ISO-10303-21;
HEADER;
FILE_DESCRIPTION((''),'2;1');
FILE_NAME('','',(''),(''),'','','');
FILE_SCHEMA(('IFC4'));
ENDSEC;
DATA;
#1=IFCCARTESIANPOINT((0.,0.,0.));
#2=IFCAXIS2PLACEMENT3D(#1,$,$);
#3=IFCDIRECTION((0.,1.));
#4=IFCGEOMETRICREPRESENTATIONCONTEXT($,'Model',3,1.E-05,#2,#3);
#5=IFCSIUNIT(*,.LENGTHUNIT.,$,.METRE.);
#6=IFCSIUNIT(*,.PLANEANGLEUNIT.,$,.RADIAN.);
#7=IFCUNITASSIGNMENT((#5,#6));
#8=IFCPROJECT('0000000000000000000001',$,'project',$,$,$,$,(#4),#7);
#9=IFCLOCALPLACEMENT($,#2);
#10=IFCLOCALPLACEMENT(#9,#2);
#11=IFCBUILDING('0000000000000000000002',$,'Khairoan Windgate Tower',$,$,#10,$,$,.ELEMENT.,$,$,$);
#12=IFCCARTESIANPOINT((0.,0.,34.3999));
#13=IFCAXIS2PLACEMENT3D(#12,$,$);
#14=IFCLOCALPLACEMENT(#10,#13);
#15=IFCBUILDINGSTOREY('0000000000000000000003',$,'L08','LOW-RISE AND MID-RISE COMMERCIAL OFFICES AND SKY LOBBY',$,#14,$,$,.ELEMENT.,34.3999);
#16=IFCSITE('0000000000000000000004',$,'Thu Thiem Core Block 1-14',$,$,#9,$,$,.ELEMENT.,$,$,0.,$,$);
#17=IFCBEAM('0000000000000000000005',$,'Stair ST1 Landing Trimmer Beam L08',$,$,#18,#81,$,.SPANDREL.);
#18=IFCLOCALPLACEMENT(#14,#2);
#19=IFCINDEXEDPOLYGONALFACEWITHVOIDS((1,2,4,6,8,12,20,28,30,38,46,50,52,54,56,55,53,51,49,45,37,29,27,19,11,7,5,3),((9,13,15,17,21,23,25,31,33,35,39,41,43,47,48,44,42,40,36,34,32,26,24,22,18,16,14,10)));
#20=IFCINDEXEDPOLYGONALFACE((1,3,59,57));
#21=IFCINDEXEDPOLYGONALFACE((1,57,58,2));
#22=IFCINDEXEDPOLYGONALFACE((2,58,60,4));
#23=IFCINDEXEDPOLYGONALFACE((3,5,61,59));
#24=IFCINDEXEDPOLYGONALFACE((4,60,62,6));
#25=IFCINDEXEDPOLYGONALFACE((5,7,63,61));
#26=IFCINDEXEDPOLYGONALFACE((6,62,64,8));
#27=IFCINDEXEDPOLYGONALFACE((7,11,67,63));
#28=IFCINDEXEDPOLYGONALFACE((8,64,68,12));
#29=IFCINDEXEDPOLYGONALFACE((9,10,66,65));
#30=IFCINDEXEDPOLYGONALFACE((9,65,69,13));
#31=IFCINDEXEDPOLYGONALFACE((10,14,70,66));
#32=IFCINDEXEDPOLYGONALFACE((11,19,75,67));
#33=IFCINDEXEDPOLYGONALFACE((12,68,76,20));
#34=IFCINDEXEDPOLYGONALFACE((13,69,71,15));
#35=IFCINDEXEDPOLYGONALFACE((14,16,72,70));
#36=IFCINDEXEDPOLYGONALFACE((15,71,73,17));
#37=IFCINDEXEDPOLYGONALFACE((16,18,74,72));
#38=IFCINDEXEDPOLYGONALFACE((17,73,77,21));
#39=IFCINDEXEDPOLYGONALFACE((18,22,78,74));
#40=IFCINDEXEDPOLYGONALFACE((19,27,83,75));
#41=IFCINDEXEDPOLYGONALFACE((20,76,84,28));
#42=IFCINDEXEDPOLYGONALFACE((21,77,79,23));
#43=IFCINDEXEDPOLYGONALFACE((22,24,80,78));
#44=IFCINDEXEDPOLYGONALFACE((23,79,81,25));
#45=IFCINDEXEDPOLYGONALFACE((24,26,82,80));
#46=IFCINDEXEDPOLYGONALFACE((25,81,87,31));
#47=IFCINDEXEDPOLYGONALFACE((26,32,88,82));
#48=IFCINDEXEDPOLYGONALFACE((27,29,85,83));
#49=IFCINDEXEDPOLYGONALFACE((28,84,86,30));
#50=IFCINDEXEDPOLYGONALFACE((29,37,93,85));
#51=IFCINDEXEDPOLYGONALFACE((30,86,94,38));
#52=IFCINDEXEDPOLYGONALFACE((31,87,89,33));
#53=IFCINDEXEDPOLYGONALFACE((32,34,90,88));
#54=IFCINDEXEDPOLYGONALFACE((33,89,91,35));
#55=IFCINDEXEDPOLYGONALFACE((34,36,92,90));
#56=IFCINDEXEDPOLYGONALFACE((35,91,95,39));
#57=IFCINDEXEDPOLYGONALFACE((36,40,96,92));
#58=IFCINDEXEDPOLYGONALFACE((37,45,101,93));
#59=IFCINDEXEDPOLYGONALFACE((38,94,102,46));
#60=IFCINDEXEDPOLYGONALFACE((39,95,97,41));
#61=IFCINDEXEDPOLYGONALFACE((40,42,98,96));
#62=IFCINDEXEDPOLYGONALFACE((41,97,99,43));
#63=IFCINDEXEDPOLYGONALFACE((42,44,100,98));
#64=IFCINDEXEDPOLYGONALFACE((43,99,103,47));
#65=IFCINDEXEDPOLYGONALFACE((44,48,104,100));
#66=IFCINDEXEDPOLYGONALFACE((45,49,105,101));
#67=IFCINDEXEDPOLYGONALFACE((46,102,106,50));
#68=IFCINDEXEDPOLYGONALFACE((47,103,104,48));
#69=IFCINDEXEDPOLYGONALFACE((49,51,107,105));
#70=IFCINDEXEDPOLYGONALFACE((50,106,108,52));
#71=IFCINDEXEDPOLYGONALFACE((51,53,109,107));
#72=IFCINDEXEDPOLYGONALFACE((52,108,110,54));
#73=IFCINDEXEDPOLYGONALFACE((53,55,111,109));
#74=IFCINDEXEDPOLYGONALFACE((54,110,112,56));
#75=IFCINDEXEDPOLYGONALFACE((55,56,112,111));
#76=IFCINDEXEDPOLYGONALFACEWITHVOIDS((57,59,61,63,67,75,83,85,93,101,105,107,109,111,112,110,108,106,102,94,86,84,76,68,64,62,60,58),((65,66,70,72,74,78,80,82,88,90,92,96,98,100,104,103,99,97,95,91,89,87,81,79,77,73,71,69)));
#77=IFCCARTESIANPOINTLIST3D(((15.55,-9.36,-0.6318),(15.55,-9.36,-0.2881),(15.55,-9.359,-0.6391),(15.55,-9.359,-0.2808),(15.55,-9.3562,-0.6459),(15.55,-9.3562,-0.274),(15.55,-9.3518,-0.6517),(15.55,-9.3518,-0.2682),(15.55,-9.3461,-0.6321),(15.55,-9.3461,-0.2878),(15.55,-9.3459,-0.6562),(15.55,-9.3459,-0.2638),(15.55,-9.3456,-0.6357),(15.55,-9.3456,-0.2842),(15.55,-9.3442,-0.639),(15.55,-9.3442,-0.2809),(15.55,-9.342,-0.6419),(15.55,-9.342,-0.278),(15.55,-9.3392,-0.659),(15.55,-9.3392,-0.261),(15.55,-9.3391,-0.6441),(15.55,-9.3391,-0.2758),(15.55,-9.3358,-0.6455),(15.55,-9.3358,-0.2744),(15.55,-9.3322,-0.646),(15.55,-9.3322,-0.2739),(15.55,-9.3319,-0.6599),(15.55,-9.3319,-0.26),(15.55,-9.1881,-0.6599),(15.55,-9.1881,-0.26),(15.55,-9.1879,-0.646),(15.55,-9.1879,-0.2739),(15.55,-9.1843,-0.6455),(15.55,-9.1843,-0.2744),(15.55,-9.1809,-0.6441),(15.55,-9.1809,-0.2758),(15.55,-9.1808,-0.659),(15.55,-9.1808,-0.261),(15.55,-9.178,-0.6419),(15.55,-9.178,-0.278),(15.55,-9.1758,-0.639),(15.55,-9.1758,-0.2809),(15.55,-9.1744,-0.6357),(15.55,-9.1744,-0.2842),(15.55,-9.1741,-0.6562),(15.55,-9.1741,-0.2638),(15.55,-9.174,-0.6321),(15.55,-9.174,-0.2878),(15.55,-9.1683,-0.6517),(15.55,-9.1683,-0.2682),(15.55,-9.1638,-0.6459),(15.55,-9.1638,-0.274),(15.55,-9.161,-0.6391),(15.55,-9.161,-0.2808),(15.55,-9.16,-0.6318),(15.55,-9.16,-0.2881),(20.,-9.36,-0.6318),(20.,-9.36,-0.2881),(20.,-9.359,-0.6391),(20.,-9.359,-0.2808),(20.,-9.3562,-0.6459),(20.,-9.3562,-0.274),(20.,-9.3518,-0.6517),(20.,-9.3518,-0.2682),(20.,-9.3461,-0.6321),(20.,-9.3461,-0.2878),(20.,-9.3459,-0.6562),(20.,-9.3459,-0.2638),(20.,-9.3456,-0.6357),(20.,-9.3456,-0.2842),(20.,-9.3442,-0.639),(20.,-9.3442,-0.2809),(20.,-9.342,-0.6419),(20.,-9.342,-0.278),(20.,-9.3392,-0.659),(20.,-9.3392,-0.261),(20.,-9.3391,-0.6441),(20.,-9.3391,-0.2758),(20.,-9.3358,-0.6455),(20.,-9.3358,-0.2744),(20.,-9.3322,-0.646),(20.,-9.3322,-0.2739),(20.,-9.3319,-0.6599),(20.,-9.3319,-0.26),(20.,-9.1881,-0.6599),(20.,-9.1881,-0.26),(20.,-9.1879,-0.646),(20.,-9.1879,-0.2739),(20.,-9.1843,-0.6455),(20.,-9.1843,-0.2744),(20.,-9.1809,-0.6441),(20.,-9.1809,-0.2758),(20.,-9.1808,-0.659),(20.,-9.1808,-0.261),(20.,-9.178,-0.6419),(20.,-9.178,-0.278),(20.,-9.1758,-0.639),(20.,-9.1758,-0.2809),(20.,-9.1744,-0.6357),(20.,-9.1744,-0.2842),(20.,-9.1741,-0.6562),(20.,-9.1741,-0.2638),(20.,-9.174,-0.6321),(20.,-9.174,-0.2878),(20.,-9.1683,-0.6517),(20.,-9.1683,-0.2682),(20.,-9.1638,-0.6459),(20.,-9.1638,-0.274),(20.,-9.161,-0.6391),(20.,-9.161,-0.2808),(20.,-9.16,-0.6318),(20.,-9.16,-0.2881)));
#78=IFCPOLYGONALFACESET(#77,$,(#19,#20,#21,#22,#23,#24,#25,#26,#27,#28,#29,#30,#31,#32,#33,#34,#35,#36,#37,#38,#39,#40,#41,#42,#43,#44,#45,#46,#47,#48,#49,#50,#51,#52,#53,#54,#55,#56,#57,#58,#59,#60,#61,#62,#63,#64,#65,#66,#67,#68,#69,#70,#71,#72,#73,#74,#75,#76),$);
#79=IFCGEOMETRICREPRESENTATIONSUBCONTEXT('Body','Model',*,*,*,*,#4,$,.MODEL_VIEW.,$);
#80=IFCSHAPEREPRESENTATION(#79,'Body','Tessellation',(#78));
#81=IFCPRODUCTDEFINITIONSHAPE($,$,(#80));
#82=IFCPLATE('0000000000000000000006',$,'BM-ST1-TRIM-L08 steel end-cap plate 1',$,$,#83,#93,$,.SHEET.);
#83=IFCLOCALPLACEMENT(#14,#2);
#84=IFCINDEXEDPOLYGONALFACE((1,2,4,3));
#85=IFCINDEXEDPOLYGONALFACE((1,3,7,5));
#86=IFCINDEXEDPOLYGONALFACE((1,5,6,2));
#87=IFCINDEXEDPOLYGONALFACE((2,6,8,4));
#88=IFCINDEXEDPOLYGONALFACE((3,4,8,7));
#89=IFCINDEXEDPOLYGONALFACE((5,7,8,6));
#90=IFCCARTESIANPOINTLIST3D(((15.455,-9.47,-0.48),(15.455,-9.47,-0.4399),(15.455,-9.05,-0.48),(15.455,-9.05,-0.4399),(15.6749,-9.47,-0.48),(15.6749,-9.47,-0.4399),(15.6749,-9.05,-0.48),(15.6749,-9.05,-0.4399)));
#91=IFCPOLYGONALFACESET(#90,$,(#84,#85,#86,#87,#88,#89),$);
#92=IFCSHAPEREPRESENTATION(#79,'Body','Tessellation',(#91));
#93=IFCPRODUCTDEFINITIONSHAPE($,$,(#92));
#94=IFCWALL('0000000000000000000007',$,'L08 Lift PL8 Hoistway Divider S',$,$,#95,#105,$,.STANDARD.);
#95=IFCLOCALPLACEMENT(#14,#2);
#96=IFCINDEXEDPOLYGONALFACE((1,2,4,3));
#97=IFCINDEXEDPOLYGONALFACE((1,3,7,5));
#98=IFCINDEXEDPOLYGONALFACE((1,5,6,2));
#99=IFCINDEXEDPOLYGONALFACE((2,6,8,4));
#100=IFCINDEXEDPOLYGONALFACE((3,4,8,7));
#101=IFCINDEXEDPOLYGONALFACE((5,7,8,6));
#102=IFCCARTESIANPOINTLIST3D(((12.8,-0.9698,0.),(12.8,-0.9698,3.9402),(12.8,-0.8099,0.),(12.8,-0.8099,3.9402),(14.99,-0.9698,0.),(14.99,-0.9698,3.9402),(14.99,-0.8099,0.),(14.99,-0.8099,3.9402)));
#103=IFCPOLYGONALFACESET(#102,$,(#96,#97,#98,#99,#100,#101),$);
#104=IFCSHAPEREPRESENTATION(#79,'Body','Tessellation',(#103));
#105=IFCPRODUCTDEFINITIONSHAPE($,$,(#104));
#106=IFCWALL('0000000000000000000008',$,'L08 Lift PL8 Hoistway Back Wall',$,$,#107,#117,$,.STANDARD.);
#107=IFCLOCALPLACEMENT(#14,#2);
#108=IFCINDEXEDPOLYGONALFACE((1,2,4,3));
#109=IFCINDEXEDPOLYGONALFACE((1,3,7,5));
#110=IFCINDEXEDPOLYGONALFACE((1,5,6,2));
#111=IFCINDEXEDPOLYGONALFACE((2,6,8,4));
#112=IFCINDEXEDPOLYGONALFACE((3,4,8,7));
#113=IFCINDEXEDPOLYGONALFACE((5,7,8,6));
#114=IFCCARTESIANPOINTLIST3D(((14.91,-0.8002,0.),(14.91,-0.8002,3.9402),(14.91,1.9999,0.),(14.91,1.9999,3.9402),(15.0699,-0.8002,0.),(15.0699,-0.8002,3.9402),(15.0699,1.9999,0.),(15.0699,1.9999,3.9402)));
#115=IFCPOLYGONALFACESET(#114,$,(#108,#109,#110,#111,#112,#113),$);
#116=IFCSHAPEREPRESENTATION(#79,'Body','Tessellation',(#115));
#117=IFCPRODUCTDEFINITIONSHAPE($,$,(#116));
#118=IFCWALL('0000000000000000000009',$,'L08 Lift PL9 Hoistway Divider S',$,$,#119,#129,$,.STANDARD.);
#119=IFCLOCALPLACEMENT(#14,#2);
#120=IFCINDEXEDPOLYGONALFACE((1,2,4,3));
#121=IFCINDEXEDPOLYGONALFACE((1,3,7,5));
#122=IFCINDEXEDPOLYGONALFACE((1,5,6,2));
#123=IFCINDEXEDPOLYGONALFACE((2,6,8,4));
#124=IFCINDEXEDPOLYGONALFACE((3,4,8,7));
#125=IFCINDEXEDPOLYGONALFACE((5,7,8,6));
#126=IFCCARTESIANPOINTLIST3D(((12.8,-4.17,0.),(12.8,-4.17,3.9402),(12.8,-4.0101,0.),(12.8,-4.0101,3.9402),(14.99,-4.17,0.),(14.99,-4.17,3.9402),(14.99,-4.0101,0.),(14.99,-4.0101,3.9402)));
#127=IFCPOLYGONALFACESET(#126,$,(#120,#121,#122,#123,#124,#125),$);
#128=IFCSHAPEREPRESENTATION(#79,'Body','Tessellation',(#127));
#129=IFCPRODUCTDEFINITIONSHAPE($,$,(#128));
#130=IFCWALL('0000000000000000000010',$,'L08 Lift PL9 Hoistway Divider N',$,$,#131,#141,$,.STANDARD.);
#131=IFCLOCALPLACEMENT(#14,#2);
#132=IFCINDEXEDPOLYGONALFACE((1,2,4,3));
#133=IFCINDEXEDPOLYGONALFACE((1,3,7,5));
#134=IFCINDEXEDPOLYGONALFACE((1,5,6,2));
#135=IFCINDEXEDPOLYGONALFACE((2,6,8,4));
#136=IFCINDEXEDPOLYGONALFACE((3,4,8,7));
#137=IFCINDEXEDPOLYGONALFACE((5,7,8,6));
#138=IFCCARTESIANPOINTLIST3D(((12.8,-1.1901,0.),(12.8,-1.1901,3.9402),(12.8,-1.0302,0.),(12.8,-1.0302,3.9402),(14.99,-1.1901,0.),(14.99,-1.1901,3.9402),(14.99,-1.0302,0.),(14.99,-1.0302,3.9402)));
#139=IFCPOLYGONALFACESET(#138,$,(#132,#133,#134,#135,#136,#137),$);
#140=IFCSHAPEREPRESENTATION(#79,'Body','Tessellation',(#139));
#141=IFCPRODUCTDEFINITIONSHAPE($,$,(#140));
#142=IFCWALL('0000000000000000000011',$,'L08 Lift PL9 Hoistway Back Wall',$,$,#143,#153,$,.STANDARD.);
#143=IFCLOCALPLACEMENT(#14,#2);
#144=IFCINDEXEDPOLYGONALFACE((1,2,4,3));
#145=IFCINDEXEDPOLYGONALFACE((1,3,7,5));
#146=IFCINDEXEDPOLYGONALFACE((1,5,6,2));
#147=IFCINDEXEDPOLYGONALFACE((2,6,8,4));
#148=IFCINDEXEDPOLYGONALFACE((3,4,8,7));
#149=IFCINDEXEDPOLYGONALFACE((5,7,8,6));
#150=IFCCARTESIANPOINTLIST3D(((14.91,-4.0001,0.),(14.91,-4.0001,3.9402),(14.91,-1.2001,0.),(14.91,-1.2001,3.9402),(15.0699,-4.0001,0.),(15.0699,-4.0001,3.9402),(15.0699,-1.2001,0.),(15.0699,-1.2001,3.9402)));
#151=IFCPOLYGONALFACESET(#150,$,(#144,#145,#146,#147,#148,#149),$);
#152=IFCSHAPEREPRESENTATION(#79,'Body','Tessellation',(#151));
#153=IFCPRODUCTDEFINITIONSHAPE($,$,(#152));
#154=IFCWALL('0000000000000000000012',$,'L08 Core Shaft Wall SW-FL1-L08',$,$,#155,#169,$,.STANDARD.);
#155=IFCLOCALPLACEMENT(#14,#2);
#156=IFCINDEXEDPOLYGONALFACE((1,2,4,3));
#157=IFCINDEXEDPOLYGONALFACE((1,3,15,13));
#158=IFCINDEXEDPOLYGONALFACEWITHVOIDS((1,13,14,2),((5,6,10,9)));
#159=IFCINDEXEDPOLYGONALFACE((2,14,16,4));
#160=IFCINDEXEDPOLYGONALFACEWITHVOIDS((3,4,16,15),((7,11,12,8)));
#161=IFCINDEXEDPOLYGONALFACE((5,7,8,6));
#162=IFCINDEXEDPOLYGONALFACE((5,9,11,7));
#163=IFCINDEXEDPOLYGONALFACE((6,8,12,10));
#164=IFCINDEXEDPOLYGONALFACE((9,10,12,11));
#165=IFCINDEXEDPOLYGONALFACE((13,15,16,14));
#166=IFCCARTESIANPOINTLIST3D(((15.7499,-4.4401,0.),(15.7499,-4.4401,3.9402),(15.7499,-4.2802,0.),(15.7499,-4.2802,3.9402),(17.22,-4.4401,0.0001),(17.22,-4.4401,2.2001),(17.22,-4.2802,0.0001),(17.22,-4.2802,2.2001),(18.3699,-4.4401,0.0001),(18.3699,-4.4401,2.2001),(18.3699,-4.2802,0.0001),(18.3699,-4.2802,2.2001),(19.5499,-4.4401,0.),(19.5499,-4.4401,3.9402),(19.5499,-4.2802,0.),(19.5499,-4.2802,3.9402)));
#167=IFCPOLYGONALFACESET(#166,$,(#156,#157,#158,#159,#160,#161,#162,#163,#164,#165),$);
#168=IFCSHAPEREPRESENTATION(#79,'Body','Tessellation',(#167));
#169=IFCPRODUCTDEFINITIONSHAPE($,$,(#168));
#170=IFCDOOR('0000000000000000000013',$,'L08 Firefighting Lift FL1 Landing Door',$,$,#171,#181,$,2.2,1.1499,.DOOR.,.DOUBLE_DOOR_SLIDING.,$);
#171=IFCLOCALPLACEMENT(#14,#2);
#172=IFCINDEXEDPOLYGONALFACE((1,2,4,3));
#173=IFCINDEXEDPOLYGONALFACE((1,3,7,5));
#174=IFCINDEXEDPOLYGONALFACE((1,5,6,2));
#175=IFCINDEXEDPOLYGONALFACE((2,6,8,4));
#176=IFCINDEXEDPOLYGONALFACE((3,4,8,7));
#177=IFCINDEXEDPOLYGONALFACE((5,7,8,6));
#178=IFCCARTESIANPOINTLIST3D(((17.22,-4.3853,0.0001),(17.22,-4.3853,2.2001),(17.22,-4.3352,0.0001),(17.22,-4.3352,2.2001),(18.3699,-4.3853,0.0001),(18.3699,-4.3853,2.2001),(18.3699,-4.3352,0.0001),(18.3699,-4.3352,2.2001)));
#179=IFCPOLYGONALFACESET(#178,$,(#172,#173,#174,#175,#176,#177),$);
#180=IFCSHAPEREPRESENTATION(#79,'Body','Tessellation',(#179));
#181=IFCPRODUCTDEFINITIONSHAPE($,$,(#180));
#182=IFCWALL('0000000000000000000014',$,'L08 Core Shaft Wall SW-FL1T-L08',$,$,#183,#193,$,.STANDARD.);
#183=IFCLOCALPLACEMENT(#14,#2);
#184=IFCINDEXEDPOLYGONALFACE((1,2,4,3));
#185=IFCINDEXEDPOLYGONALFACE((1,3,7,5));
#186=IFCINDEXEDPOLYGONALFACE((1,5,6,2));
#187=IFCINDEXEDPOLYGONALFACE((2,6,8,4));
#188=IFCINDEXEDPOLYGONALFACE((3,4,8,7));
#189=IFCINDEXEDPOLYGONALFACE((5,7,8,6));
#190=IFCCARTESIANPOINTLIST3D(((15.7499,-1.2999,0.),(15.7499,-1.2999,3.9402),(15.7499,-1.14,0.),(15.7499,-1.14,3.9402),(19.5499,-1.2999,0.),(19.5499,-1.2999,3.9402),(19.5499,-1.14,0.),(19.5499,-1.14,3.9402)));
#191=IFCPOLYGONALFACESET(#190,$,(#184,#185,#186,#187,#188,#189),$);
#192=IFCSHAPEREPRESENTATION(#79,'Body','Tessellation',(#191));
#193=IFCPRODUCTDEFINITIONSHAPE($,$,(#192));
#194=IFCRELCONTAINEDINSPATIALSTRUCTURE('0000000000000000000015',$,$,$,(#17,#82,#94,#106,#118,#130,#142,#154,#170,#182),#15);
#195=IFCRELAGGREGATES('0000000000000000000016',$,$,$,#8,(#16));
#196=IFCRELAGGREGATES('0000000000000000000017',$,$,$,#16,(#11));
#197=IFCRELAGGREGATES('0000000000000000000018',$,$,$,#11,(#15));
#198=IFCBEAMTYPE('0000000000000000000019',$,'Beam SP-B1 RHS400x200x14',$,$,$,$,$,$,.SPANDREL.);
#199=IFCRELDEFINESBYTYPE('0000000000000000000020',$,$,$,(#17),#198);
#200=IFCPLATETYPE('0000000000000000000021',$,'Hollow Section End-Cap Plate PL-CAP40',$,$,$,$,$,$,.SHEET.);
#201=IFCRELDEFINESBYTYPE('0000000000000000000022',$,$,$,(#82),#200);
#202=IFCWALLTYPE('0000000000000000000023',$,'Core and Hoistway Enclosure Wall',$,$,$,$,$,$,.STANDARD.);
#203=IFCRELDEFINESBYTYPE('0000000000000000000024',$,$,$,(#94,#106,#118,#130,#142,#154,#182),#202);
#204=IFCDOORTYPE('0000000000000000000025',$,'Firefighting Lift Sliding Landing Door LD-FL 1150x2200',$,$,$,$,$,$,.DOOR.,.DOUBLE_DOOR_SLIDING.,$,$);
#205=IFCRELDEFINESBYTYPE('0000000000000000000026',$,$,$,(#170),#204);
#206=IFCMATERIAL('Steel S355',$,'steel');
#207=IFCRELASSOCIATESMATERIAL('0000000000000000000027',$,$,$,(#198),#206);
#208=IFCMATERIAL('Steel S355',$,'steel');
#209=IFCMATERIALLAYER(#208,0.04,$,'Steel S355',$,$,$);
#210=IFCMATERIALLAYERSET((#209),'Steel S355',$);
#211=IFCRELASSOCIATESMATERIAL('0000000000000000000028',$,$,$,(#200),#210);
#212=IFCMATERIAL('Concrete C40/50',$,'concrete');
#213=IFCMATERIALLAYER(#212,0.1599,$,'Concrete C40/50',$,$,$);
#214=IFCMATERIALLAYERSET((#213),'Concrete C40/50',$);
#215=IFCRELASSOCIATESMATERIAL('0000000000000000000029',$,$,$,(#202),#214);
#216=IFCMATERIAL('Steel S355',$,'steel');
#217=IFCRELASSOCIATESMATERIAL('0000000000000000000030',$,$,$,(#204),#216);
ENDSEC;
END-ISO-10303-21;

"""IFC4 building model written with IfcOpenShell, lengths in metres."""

from ifc_helpers import new_model, si_unit, direction, frame, frame_2d, origin, origin_2d, place, context, subcontext, project, spatial, rectangle, hollow_rectangle, extrude, material, layer, layer_set, material_profile, profile_set, type_object, element, fill, save


model = new_model("IFC4")

# Units and contexts
model_context = context("Model", 3, precision=1e-05, world=origin(), true_north=direction((0.0, 1.0)))
body_context = subcontext(model_context, "Body", "Model", "MODEL_VIEW")
ifc_project = project(units=[si_unit("LENGTHUNIT", "METRE"), si_unit("PLANEANGLEUNIT", "RADIAN")], contexts=[model_context])

# Site, building, storey
site_placement = place(None, origin())
site = spatial("IfcSite", under=ifc_project, at=site_placement, Name="Thu Thiem Core Block 1-14", CompositionType="ELEMENT", RefElevation=0.0)
building_placement = place(site_placement, origin())
building = spatial("IfcBuilding", under=site, at=building_placement, Name="Khairoan Windgate Tower", CompositionType="ELEMENT")
storey_placement = place(building_placement, frame((0.0, 0.0, 34.3999)))
storey = spatial("IfcBuildingStorey", under=building, at=storey_placement, Name="L08", Description="LOW-RISE AND MID-RISE COMMERCIAL OFFICES AND SKY LOBBY", CompositionType="ELEMENT", Elevation=34.3999)

# Beam
ifc_material_1 = material(Name="Steel S355", Category="steel")
ifc_material_profile_1 = material_profile(ifc_material_1, hollow_rectangle(XDim=0.2, YDim=0.3999, WallThickness=0.0139, InnerFilletRadius=0.0139, OuterFilletRadius=0.0281, at=origin_2d()))
ifc_profile_set_1 = profile_set([ifc_material_profile_1], Name="Steel S355")
beam_type_1 = type_object("IfcBeamType", Name="Beam SP-B1 RHS400x200x14", PredefinedType="SPANDREL", material=ifc_profile_set_1)
beam_1_placement = place(storey_placement, frame((15.55, -9.26, -0.46), z_axis=(1.0, 0.0, 0.0), x_axis=(0.0, 1.0, 0.0)))
element("IfcBeam", 1, at=beam_1_placement, inside=storey, type_object=beam_type_1, Name="Stair ST1 Landing Trimmer Beam L08", PredefinedType="SPANDREL", context=body_context, shape_type="SweptSolid", body=[
    extrude(hollow_rectangle(XDim=0.2, YDim=0.3999, WallThickness=0.0139, InnerFilletRadius=0.0139, OuterFilletRadius=0.0281, at=origin_2d()), origin(), (0.0, 0.0, 1.0), 4.45),
])

# Plate
ifc_material_2 = material(Name="Steel S355", Category="steel")
ifc_layer_1 = layer(ifc_material_2, 0.04, Name="Steel S355")
ifc_layer_set_1 = layer_set([ifc_layer_1], Name="Steel S355")
plate_type = type_object("IfcPlateType", Name="Hollow Section End-Cap Plate PL-CAP40", PredefinedType="SHEET", material=ifc_layer_set_1)
plate_placement = place(storey_placement, frame((15.5649, -9.26, -0.48), z_axis=(0.0, 0.0, 1.0), x_axis=(1.0, 0.0, 0.0)))
element("IfcPlate", 2, at=plate_placement, inside=storey, type_object=plate_type, Name="BM-ST1-TRIM-L08 steel end-cap plate 1", PredefinedType="SHEET", context=body_context, shape_type="SweptSolid", body=[
    extrude(rectangle(XDim=0.22, YDim=0.4199, at=origin_2d()), origin(), (0.0, 0.0, 1.0), 0.04),
])

# Walls
ifc_material_3 = material(Name="Concrete C40/50", Category="concrete")
ifc_layer_2 = layer(ifc_material_3, 0.1599, Name="Concrete C40/50")
ifc_layer_set_2 = layer_set([ifc_layer_2], Name="Concrete C40/50")
wall_type_1 = type_object("IfcWallType", Name="Core and Hoistway Enclosure Wall", PredefinedType="STANDARD", material=ifc_layer_set_2)
wall_1_placement = place(storey_placement, frame((12.8, -0.8899, 0.0), z_axis=(0.0, 0.0, 1.0), x_axis=(1.0, 0.0, 0.0)))
element("IfcWall", 3, at=wall_1_placement, inside=storey, type_object=wall_type_1, Name="L08 Lift PL8 Hoistway Divider S", PredefinedType="STANDARD", context=body_context, shape_type="SweptSolid", body=[
    extrude(rectangle(XDim=2.1899, YDim=0.1599, at=frame_2d((1.095, 0.0))), origin(), (0.0, 0.0, 1.0), 3.9402),
])
wall_2_placement = place(storey_placement, frame((14.99, -0.8, 0.0), z_axis=(0.0, 0.0, 1.0), x_axis=(0.0, 1.0, 0.0)))
element("IfcWall", 4, at=wall_2_placement, inside=storey, type_object=wall_type_1, Name="L08 Lift PL8 Hoistway Back Wall", PredefinedType="STANDARD", context=body_context, shape_type="SweptSolid", body=[
    extrude(rectangle(XDim=2.8, YDim=0.1599, at=frame_2d((1.3999, 0.0))), origin(), (0.0, 0.0, 1.0), 3.9402),
])
for number, where, z_axis, x_axis, name in (
    (5, (12.8, -4.0901, 0.0), (0.0, 0.0, 1.0), (1.0, 0.0, 0.0), "L08 Lift PL9 Hoistway Divider S"),
    (6, (12.8, -1.1101, 0.0), (0.0, 0.0, 1.0), (1.0, 0.0, 0.0), "L08 Lift PL9 Hoistway Divider N"),
):
    element("IfcWall", number, at=place(storey_placement, frame(where, z_axis=z_axis, x_axis=x_axis)), inside=storey, type_object=wall_type_1, Name=name, PredefinedType="STANDARD", context=body_context, shape_type="SweptSolid", body=[
        extrude(rectangle(XDim=2.1899, YDim=0.1599, at=frame_2d((1.095, 0.0))), origin(), (0.0, 0.0, 1.0), 3.9402),
    ])
wall_3_placement = place(storey_placement, frame((14.99, -4.0, 0.0), z_axis=(0.0, 0.0, 1.0), x_axis=(0.0, 1.0, 0.0)))
element("IfcWall", 7, at=wall_3_placement, inside=storey, type_object=wall_type_1, Name="L08 Lift PL9 Hoistway Back Wall", PredefinedType="STANDARD", context=body_context, shape_type="SweptSolid", body=[
    extrude(rectangle(XDim=2.8, YDim=0.1599, at=frame_2d((1.3999, 0.0))), origin(), (0.0, 0.0, 1.0), 3.9402),
])

# Wall, opening, door
wall_4_placement = place(storey_placement, frame((15.75, -4.3601, 0.0), z_axis=(0.0, 0.0, 1.0), x_axis=(1.0, 0.0, 0.0)))
wall_4 = element("IfcWall", 8, at=wall_4_placement, inside=storey, type_object=wall_type_1, Name="L08 Core Shaft Wall SW-FL1-L08", PredefinedType="STANDARD", context=body_context, shape_type="SweptSolid", body=[
    extrude(rectangle(XDim=3.8, YDim=0.1599, at=frame_2d((1.8999, 0.0))), origin(), (0.0, 0.0, 1.0), 3.9402),
])
opening_1_placement = place(wall_4_placement, frame((1.47, 0.0, 0.0)))
opening_1 = element("IfcOpeningElement", 9, at=opening_1_placement, cuts=wall_4, PredefinedType="OPENING", context=body_context, shape_type="SweptSolid", body=[
    extrude(rectangle(XDim=1.1499, YDim=2.2, at=frame_2d((0.575, 1.1001))), frame((0.0, 0.0898, 0.0), z_axis=(0.0, -1.0, 0.0), x_axis=(1.0, 0.0, 0.0)), (0.0, 0.0, 1.0), 0.1799),
])
ifc_material_4 = material(Name="Steel S355", Category="steel")
door_type_1 = type_object("IfcDoorType", Name="Firefighting Lift Sliding Landing Door LD-FL 1150x2200", OperationType="DOUBLE_DOOR_SLIDING", PredefinedType="DOOR", material=ifc_material_4)
door_1_placement = place(opening_1_placement, origin())
door_1 = element("IfcDoor", 10, at=door_1_placement, inside=storey, type_object=door_type_1, Name="L08 Firefighting Lift FL1 Landing Door", OperationType="DOUBLE_DOOR_SLIDING", OverallHeight=2.2, OverallWidth=1.1499, PredefinedType="DOOR", context=body_context, shape_type="SweptSolid", body=[
    extrude(rectangle(XDim=1.1499, YDim=2.2, at=frame_2d((0.575, 1.1001))), frame((0.0, 0.0249, 0.0), z_axis=(0.0, -1.0, 0.0), x_axis=(1.0, 0.0, 0.0)), (0.0, 0.0, 1.0), 0.05),
])
fill(opening_1, door_1)

# Wall
wall_5_placement = place(storey_placement, frame((15.75, -1.22, 0.0), z_axis=(0.0, 0.0, 1.0), x_axis=(1.0, 0.0, 0.0)))
element("IfcWall", 11, at=wall_5_placement, inside=storey, type_object=wall_type_1, Name="L08 Core Shaft Wall SW-FL1T-L08", PredefinedType="STANDARD", context=body_context, shape_type="SweptSolid", body=[
    extrude(rectangle(XDim=3.8, YDim=0.1599, at=frame_2d((1.8999, 0.0))), origin(), (0.0, 0.0, 1.0), 3.9402),
])

save(model, "model.ifc")
